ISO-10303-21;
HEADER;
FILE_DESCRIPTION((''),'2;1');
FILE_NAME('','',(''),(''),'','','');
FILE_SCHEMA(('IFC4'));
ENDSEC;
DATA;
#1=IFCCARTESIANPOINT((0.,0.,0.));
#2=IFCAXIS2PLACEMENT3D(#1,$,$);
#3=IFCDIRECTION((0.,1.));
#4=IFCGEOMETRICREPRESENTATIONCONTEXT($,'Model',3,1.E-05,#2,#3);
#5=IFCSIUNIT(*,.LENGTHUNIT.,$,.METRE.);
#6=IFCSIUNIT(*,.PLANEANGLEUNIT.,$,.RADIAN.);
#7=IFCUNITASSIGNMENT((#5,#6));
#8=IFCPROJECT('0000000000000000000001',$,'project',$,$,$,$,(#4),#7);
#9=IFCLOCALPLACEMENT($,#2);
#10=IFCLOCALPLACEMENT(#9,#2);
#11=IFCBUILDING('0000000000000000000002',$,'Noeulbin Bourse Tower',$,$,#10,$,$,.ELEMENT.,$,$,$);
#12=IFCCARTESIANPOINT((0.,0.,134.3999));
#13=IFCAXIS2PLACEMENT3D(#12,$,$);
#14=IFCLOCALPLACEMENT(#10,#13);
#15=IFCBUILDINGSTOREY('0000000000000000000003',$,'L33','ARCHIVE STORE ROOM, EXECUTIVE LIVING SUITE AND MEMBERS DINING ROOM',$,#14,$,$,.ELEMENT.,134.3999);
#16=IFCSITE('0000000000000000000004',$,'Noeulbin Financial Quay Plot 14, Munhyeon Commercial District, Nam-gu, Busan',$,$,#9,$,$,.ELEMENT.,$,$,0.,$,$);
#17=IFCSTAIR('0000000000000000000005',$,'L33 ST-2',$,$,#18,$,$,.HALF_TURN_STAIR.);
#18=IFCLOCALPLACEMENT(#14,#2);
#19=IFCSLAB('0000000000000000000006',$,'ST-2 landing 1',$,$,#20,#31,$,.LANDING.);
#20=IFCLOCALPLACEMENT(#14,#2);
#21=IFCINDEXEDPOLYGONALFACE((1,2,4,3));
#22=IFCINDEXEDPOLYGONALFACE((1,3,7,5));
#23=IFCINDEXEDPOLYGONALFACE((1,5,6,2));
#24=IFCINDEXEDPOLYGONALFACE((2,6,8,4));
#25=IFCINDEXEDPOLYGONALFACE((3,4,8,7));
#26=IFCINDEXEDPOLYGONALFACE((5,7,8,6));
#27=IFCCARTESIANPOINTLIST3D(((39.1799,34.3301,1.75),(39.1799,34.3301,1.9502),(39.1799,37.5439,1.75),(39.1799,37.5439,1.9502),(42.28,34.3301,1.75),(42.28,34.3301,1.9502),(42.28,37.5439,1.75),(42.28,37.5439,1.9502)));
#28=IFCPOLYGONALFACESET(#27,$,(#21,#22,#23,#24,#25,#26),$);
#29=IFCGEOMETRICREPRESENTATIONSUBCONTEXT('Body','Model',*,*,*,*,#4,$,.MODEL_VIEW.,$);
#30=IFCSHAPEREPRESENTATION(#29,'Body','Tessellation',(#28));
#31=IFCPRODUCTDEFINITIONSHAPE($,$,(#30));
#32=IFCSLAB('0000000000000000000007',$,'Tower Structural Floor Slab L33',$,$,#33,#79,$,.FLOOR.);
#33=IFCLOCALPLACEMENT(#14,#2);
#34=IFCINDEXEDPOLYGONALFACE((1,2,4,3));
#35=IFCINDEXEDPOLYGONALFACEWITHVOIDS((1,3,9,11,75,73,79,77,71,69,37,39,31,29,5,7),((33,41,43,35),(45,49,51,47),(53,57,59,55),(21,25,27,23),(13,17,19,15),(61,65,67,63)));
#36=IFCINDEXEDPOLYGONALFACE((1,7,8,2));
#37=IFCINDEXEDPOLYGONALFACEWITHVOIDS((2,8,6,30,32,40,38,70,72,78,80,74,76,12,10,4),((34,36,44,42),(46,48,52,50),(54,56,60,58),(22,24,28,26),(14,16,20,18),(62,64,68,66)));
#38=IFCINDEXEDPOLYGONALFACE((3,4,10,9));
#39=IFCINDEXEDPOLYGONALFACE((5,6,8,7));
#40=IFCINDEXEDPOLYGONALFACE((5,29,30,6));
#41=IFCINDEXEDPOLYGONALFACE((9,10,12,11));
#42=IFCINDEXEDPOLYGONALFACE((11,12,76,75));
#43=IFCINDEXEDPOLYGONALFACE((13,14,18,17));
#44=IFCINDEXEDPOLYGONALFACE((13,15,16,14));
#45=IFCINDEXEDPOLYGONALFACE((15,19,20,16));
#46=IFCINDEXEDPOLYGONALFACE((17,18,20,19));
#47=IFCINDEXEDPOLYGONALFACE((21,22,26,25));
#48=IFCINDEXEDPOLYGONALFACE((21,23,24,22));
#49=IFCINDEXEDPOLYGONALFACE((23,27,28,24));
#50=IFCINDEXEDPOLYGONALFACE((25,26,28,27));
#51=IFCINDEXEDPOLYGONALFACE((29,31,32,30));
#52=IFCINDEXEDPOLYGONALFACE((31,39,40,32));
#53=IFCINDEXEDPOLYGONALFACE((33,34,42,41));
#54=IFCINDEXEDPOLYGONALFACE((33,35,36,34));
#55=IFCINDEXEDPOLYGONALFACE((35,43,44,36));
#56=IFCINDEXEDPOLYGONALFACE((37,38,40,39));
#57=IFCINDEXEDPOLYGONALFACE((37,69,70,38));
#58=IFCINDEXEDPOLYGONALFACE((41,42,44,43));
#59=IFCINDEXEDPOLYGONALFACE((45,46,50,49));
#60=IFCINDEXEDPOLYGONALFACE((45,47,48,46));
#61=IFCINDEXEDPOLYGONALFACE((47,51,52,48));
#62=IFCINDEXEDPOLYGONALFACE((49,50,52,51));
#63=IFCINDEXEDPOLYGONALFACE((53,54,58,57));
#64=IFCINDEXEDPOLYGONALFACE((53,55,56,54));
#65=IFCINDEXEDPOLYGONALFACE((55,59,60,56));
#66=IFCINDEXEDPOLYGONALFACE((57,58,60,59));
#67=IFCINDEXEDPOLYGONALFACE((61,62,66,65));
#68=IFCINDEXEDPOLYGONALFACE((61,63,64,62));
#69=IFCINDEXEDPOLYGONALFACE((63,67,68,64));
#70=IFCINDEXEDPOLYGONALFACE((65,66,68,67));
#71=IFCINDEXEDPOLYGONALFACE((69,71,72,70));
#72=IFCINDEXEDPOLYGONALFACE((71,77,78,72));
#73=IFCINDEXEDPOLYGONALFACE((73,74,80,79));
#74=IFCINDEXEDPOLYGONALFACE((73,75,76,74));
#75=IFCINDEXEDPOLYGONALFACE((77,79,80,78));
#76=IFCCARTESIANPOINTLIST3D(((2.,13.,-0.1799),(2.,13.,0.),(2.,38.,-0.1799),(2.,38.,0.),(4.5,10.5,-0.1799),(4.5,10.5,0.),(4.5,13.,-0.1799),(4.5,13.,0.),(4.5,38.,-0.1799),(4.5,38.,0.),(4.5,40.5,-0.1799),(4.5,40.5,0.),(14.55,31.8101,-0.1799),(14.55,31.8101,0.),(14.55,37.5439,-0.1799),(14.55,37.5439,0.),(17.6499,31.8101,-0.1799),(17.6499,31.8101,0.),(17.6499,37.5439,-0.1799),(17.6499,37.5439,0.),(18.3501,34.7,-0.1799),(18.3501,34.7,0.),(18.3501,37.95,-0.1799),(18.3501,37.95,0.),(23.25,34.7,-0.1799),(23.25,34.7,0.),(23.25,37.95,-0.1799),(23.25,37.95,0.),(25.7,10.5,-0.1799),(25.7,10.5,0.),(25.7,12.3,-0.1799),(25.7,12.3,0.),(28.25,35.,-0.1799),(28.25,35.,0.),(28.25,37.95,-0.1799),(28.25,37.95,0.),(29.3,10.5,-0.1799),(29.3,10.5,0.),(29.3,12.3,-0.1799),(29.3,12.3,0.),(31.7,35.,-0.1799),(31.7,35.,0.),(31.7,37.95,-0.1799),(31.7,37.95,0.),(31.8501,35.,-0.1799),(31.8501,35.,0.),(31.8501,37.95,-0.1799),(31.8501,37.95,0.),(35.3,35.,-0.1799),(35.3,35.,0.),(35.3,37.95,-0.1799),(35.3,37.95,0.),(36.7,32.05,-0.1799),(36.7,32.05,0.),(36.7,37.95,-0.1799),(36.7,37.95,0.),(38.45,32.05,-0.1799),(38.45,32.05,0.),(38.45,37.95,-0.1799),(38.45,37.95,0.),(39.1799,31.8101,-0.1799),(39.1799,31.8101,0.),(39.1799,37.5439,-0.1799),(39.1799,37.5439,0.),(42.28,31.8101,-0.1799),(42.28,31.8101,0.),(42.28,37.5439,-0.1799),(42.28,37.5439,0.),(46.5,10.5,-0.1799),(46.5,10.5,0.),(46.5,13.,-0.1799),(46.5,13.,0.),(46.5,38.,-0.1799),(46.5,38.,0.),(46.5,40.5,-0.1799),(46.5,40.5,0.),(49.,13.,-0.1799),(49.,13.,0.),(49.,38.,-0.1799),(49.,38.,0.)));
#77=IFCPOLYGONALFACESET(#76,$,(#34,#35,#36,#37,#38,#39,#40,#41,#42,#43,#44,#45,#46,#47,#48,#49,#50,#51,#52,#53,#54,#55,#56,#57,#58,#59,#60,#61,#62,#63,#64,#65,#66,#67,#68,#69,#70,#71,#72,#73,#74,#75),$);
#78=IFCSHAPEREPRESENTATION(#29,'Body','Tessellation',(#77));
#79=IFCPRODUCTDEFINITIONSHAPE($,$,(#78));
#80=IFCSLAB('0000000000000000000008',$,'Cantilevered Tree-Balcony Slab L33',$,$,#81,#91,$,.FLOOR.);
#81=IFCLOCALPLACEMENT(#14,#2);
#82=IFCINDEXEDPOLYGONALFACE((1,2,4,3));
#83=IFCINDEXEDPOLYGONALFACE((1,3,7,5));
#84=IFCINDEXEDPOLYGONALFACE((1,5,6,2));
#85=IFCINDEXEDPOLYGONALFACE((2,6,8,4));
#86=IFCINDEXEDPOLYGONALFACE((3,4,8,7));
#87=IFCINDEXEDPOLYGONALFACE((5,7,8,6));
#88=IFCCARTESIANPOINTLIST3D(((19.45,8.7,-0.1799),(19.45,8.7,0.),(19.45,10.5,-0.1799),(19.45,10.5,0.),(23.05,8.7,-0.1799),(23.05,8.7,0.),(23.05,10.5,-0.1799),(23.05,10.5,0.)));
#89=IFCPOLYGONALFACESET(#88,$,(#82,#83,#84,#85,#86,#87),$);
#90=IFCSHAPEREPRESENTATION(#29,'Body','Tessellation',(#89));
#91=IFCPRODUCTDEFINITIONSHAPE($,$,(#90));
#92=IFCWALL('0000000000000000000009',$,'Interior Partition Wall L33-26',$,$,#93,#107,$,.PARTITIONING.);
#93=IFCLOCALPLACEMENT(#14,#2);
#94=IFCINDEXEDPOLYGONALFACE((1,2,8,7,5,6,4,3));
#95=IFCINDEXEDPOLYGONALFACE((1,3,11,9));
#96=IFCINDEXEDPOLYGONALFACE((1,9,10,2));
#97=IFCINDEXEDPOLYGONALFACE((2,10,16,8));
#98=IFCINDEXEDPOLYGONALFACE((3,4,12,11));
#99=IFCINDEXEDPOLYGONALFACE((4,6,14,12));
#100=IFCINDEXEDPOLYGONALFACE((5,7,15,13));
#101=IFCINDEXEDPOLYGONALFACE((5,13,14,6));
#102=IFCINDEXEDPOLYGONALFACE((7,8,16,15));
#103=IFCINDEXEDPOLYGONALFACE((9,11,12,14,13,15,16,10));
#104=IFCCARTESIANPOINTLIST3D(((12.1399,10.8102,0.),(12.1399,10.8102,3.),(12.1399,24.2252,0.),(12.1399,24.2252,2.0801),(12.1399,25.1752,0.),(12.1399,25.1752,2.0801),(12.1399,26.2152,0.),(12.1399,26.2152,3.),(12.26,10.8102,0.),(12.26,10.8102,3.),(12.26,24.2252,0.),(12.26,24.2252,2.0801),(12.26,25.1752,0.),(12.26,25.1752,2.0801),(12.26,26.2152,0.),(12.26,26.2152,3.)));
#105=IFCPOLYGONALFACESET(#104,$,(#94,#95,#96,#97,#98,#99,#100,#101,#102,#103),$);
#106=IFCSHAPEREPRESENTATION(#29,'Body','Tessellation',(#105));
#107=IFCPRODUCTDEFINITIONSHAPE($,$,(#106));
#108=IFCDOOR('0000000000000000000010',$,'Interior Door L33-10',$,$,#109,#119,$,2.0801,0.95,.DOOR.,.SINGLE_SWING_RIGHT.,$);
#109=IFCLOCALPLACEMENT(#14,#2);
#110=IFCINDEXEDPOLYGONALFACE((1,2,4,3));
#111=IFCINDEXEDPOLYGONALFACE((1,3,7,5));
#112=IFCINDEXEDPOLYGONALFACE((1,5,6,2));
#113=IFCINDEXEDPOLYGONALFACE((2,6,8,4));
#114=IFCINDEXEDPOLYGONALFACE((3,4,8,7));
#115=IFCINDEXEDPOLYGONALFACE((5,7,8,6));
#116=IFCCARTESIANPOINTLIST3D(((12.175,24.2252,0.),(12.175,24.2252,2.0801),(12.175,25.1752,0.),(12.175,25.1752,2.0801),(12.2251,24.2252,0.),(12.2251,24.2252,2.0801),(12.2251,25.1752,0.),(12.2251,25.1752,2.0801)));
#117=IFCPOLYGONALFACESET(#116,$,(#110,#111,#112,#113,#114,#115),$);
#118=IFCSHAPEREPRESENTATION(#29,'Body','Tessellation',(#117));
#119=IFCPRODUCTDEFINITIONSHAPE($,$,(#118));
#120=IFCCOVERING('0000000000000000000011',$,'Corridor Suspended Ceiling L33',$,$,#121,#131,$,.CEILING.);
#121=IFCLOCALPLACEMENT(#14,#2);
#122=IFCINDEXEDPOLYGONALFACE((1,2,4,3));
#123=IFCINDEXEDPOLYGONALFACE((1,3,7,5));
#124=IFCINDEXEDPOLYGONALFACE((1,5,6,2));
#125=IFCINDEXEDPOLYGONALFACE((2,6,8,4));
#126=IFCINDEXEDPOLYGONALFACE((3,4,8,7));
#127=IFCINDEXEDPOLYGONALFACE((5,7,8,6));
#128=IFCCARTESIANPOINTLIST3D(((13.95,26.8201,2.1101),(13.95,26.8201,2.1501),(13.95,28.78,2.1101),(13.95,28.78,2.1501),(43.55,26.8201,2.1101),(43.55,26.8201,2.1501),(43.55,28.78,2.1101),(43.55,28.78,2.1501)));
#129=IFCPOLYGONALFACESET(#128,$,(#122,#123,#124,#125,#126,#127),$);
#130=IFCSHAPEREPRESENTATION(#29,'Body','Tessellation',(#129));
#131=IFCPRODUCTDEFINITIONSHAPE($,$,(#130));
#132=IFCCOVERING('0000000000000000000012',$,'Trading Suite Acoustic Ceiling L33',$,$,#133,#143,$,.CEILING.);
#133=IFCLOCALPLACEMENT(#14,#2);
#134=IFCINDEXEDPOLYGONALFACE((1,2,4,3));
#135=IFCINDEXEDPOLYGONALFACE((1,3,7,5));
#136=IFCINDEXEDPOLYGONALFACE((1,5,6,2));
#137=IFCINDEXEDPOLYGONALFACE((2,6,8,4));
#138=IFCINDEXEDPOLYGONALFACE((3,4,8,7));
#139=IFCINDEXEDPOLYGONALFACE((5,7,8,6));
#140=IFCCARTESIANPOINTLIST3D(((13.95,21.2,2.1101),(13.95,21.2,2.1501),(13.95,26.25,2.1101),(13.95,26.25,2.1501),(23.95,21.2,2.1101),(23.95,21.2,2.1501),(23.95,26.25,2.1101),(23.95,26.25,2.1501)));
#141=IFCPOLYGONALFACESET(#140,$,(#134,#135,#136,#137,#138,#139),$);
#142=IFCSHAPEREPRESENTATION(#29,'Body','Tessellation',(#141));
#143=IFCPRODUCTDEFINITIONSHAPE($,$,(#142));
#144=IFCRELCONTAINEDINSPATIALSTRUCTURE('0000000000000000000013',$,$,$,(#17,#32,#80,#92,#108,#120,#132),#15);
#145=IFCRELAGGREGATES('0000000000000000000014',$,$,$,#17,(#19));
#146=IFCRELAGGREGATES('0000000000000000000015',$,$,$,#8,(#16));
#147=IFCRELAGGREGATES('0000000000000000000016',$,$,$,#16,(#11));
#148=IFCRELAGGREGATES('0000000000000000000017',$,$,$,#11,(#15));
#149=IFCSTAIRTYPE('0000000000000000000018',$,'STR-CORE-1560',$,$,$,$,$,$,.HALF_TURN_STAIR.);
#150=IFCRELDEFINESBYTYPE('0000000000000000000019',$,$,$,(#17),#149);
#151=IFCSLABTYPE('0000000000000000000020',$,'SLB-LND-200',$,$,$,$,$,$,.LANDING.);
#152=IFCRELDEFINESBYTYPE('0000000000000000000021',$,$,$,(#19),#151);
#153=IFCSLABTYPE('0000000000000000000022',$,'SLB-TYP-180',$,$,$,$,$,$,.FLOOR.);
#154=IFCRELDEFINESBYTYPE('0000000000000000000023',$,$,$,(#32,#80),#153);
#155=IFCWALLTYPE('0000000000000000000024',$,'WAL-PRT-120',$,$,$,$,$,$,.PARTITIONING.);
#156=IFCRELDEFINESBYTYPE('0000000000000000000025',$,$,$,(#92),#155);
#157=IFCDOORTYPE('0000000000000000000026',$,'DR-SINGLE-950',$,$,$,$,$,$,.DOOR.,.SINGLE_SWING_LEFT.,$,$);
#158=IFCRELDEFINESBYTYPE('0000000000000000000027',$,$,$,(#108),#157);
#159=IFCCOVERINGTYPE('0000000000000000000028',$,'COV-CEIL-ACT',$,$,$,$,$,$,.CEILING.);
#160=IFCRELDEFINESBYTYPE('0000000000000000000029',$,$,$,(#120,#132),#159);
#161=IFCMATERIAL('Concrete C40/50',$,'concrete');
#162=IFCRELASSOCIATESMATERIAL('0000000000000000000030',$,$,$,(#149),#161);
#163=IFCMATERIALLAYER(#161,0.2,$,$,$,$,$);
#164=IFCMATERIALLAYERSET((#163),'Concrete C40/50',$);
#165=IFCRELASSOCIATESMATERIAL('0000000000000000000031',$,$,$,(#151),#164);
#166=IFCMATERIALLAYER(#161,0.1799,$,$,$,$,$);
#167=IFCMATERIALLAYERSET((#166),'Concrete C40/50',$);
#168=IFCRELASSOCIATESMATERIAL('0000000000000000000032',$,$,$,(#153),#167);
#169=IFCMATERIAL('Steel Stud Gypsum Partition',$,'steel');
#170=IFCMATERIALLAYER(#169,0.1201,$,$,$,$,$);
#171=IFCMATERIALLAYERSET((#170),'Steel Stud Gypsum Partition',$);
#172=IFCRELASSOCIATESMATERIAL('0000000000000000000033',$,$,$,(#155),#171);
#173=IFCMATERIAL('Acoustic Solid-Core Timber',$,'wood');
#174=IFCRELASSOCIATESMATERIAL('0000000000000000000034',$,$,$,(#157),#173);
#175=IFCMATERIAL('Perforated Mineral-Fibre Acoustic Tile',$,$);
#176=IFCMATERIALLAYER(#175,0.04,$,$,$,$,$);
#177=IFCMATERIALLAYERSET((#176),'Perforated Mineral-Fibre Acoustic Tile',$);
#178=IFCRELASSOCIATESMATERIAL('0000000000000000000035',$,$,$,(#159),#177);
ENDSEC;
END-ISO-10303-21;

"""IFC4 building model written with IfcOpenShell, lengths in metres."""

from ifc_helpers import new_model, si_unit, direction, frame, frame_2d, origin, place, context, subcontext, project, spatial, polyline, rectangle, outline, extrude, material, layer, layer_set, type_object, element, fill, aggregate, save


model = new_model("IFC4")

# Units and contexts
model_context = context("Model", 3, precision=1e-05, world=origin(), true_north=direction((0.0, 1.0)))
body_context = subcontext(model_context, "Body", "Model", "MODEL_VIEW")
ifc_project = project(units=[si_unit("LENGTHUNIT", "METRE"), si_unit("PLANEANGLEUNIT", "RADIAN")], contexts=[model_context])

# Site, building, storey
site_placement = place(None, origin())
site = spatial("IfcSite", under=ifc_project, at=site_placement, Name="Noeulbin Financial Quay Plot 14, Munhyeon Commercial District, Nam-gu, Busan", CompositionType="ELEMENT", RefElevation=0.0)
building_placement = place(site_placement, origin())
building = spatial("IfcBuilding", under=site, at=building_placement, Name="Noeulbin Bourse Tower", CompositionType="ELEMENT")
storey_placement = place(building_placement, frame((0.0, 0.0, 134.3999)))
storey = spatial("IfcBuildingStorey", under=building, at=storey_placement, Name="L33", Description="ARCHIVE STORE ROOM, EXECUTIVE LIVING SUITE AND MEMBERS DINING ROOM", CompositionType="ELEMENT", Elevation=134.3999)

# Stair, slab
ifc_material_1 = material(Name="Concrete C40/50", Category="concrete")
stair_type = type_object("IfcStairType", Name="STR-CORE-1560", PredefinedType="HALF_TURN_STAIR", material=ifc_material_1)
ifc_layer_1 = layer(ifc_material_1, 0.2)
ifc_layer_set_1 = layer_set([ifc_layer_1], Name="Concrete C40/50")
slab_type_1 = type_object("IfcSlabType", Name="SLB-LND-200", PredefinedType="LANDING", material=ifc_layer_set_1)
stair_1_placement = place(storey_placement, origin())
stair_1 = element("IfcStair", 1, at=stair_1_placement, inside=storey, type_object=stair_type, Name="L33 ST-2", PredefinedType="HALF_TURN_STAIR")
slab_1_placement = place(storey_placement, frame((0.0, 0.0, 1.75)))
slab_1 = element("IfcSlab", 2, at=slab_1_placement, type_object=slab_type_1, Name="ST-2 landing 1", PredefinedType="LANDING", context=body_context, shape_type="SweptSolid", body=[
    extrude(outline(polyline([(42.28, 34.3301), (42.28, 37.5439), (39.1799, 37.5439), (39.1799, 34.3301), (42.28, 34.3301)])), origin(), (0.0, 0.0, 1.0), 0.2002),
])
aggregate(stair_1, [slab_1])

# Slab, openings
ifc_layer_2 = layer(ifc_material_1, 0.1799)
ifc_layer_set_2 = layer_set([ifc_layer_2], Name="Concrete C40/50")
slab_type_2 = type_object("IfcSlabType", Name="SLB-TYP-180", PredefinedType="FLOOR", material=ifc_layer_set_2)
slab_2_placement = place(storey_placement, frame((0.0, 0.0, -0.1799)))
slab_2 = element("IfcSlab", 3, at=slab_2_placement, inside=storey, type_object=slab_type_2, Name="Tower Structural Floor Slab L33", PredefinedType="FLOOR", context=body_context, shape_type="SweptSolid", body=[
    extrude(outline(polyline([(4.5, 10.5), (25.7, 10.5), (25.7, 12.3), (29.3, 12.3), (29.3, 10.5), (46.5, 10.5), (46.5, 13.0), (49.0, 13.0), (49.0, 38.0), (46.5, 38.0), (46.5, 40.5), (4.5, 40.5), (4.5, 38.0), (2.0, 38.0), (2.0, 13.0), (4.5, 13.0), (4.5, 10.5)]), holes=[polyline([(17.6499, 31.8101), (17.6499, 37.5439), (14.55, 37.5439), (14.55, 31.8101), (17.6499, 31.8101)]), polyline([(42.28, 31.8101), (42.28, 37.5439), (39.1799, 37.5439), (39.1799, 31.8101), (42.28, 31.8101)]), polyline([(18.3501, 34.7), (23.25, 34.7), (23.25, 37.95), (18.3501, 37.95), (18.3501, 34.7)]), polyline([(36.7, 32.05), (38.45, 32.05), (38.45, 37.95), (36.7, 37.95), (36.7, 32.05)]), polyline([(28.25, 35.0), (31.7, 35.0), (31.7, 37.95), (28.25, 37.95), (28.25, 35.0)]), polyline([(31.8501, 35.0), (35.3, 35.0), (35.3, 37.95), (31.8501, 37.95), (31.8501, 35.0)])]), origin(), (0.0, 0.0, 1.0), 0.1799),
])
opening_1_placement = place(slab_2_placement, frame((0.0, 0.0, -0.01)))
element("IfcOpeningElement", 4, at=opening_1_placement, cuts=slab_2, PredefinedType="OPENING", context=body_context, shape_type="SweptSolid", body=[
    extrude(outline(polyline([(17.6499, 31.8101), (17.6499, 37.5439), (14.55, 37.5439), (14.55, 31.8101), (17.6499, 31.8101)])), origin(), (0.0, 0.0, 1.0), 0.2),
])
opening_2_placement = place(slab_2_placement, frame((0.0, 0.0, -0.01)))
element("IfcOpeningElement", 5, at=opening_2_placement, cuts=slab_2, PredefinedType="OPENING", context=body_context, shape_type="SweptSolid", body=[
    extrude(outline(polyline([(42.28, 31.8101), (42.28, 37.5439), (39.1799, 37.5439), (39.1799, 31.8101), (42.28, 31.8101)])), origin(), (0.0, 0.0, 1.0), 0.2),
])
opening_3_placement = place(slab_2_placement, frame((0.0, 0.0, -0.01)))
element("IfcOpeningElement", 6, at=opening_3_placement, cuts=slab_2, PredefinedType="OPENING", context=body_context, shape_type="SweptSolid", body=[
    extrude(outline(polyline([(18.3501, 34.7), (23.25, 34.7), (23.25, 37.95), (18.3501, 37.95), (18.3501, 34.7)])), origin(), (0.0, 0.0, 1.0), 0.2),
])
opening_4_placement = place(slab_2_placement, frame((0.0, 0.0, -0.01)))
element("IfcOpeningElement", 7, at=opening_4_placement, cuts=slab_2, PredefinedType="OPENING", context=body_context, shape_type="SweptSolid", body=[
    extrude(outline(polyline([(36.7, 32.05), (38.45, 32.05), (38.45, 37.95), (36.7, 37.95), (36.7, 32.05)])), origin(), (0.0, 0.0, 1.0), 0.2),
])
opening_5_placement = place(slab_2_placement, frame((0.0, 0.0, -0.01)))
element("IfcOpeningElement", 8, at=opening_5_placement, cuts=slab_2, PredefinedType="OPENING", context=body_context, shape_type="SweptSolid", body=[
    extrude(outline(polyline([(28.25, 35.0), (31.7, 35.0), (31.7, 37.95), (28.25, 37.95), (28.25, 35.0)])), origin(), (0.0, 0.0, 1.0), 0.2),
])
opening_6_placement = place(slab_2_placement, frame((0.0, 0.0, -0.01)))
element("IfcOpeningElement", 9, at=opening_6_placement, cuts=slab_2, PredefinedType="OPENING", context=body_context, shape_type="SweptSolid", body=[
    extrude(outline(polyline([(31.8501, 35.0), (35.3, 35.0), (35.3, 37.95), (31.8501, 37.95), (31.8501, 35.0)])), origin(), (0.0, 0.0, 1.0), 0.2),
])

# Slab
slab_3_placement = place(storey_placement, frame((0.0, 0.0, -0.1799)))
element("IfcSlab", 10, at=slab_3_placement, inside=storey, type_object=slab_type_2, Name="Cantilevered Tree-Balcony Slab L33", PredefinedType="FLOOR", context=body_context, shape_type="SweptSolid", body=[
    extrude(outline(polyline([(19.45, 8.7), (23.05, 8.7), (23.05, 10.5), (19.45, 10.5), (19.45, 8.7)])), origin(), (0.0, 0.0, 1.0), 0.1799),
])

# Wall, opening, door
ifc_material_2 = material(Name="Steel Stud Gypsum Partition", Category="steel")
ifc_layer_3 = layer(ifc_material_2, 0.1201)
ifc_layer_set_3 = layer_set([ifc_layer_3], Name="Steel Stud Gypsum Partition")
wall_type = type_object("IfcWallType", Name="WAL-PRT-120", PredefinedType="PARTITIONING", material=ifc_layer_set_3)
wall_placement = place(storey_placement, frame((12.2, 10.8101, 0.0), z_axis=(0.0, 0.0, 1.0), x_axis=(0.0, 1.0, 0.0)))
wall = element("IfcWall", 11, at=wall_placement, inside=storey, type_object=wall_type, Name="Interior Partition Wall L33-26", PredefinedType="PARTITIONING", context=body_context, shape_type="SweptSolid", body=[
    extrude(rectangle(XDim=15.405, YDim=0.1201, at=frame_2d((7.7026, 0.0))), origin(), (0.0, 0.0, 1.0), 3.0),
])
opening_7_placement = place(wall_placement, frame((13.415, 0.0, 0.0)))
opening_7 = element("IfcOpeningElement", 12, at=opening_7_placement, cuts=wall, PredefinedType="OPENING", context=body_context, shape_type="SweptSolid", body=[
    extrude(rectangle(XDim=0.95, YDim=2.0801, at=frame_2d((0.4751, 1.04))), frame((0.0, 0.0701, 0.0), z_axis=(0.0, -1.0, 0.0), x_axis=(1.0, 0.0, 0.0)), (0.0, 0.0, 1.0), 0.1401),
])
ifc_material_3 = material(Name="Acoustic Solid-Core Timber", Category="wood")
door_type = type_object("IfcDoorType", Name="DR-SINGLE-950", OperationType="SINGLE_SWING_LEFT", PredefinedType="DOOR", material=ifc_material_3)
door_placement = place(opening_7_placement, origin())
door = element("IfcDoor", 13, at=door_placement, inside=storey, type_object=door_type, Name="Interior Door L33-10", OperationType="SINGLE_SWING_RIGHT", OverallHeight=2.0801, OverallWidth=0.95, PredefinedType="DOOR", context=body_context, shape_type="SweptSolid", body=[
    extrude(rectangle(XDim=0.95, YDim=2.0801, at=frame_2d((0.4751, 1.04))), frame((0.0, 0.0249, 0.0), z_axis=(0.0, -1.0, 0.0), x_axis=(1.0, 0.0, 0.0)), (0.0, 0.0, 1.0), 0.05),
])
fill(opening_7, door)

# Coverings
ifc_material_4 = material(Name="Perforated Mineral-Fibre Acoustic Tile")
ifc_layer_4 = layer(ifc_material_4, 0.04)
ifc_layer_set_4 = layer_set([ifc_layer_4], Name="Perforated Mineral-Fibre Acoustic Tile")
covering_type = type_object("IfcCoveringType", Name="COV-CEIL-ACT", PredefinedType="CEILING", material=ifc_layer_set_4)
covering_1_placement = place(storey_placement, frame((0.0, 0.0, 2.1101)))
element("IfcCovering", 14, at=covering_1_placement, inside=storey, type_object=covering_type, Name="Corridor Suspended Ceiling L33", PredefinedType="CEILING", context=body_context, shape_type="SweptSolid", body=[
    extrude(outline(polyline([(13.95, 26.8201), (43.55, 26.8201), (43.55, 28.78), (13.95, 28.78), (13.95, 26.8201)])), origin(), (0.0, 0.0, 1.0), 0.04),
])
covering_2_placement = place(storey_placement, frame((0.0, 0.0, 2.1101)))
element("IfcCovering", 15, at=covering_2_placement, inside=storey, type_object=covering_type, Name="Trading Suite Acoustic Ceiling L33", PredefinedType="CEILING", context=body_context, shape_type="SweptSolid", body=[
    extrude(outline(polyline([(13.95, 21.2), (23.95, 21.2), (23.95, 26.25), (13.95, 26.25), (13.95, 21.2)])), origin(), (0.0, 0.0, 1.0), 0.04),
])

save(model, "model.ifc")
